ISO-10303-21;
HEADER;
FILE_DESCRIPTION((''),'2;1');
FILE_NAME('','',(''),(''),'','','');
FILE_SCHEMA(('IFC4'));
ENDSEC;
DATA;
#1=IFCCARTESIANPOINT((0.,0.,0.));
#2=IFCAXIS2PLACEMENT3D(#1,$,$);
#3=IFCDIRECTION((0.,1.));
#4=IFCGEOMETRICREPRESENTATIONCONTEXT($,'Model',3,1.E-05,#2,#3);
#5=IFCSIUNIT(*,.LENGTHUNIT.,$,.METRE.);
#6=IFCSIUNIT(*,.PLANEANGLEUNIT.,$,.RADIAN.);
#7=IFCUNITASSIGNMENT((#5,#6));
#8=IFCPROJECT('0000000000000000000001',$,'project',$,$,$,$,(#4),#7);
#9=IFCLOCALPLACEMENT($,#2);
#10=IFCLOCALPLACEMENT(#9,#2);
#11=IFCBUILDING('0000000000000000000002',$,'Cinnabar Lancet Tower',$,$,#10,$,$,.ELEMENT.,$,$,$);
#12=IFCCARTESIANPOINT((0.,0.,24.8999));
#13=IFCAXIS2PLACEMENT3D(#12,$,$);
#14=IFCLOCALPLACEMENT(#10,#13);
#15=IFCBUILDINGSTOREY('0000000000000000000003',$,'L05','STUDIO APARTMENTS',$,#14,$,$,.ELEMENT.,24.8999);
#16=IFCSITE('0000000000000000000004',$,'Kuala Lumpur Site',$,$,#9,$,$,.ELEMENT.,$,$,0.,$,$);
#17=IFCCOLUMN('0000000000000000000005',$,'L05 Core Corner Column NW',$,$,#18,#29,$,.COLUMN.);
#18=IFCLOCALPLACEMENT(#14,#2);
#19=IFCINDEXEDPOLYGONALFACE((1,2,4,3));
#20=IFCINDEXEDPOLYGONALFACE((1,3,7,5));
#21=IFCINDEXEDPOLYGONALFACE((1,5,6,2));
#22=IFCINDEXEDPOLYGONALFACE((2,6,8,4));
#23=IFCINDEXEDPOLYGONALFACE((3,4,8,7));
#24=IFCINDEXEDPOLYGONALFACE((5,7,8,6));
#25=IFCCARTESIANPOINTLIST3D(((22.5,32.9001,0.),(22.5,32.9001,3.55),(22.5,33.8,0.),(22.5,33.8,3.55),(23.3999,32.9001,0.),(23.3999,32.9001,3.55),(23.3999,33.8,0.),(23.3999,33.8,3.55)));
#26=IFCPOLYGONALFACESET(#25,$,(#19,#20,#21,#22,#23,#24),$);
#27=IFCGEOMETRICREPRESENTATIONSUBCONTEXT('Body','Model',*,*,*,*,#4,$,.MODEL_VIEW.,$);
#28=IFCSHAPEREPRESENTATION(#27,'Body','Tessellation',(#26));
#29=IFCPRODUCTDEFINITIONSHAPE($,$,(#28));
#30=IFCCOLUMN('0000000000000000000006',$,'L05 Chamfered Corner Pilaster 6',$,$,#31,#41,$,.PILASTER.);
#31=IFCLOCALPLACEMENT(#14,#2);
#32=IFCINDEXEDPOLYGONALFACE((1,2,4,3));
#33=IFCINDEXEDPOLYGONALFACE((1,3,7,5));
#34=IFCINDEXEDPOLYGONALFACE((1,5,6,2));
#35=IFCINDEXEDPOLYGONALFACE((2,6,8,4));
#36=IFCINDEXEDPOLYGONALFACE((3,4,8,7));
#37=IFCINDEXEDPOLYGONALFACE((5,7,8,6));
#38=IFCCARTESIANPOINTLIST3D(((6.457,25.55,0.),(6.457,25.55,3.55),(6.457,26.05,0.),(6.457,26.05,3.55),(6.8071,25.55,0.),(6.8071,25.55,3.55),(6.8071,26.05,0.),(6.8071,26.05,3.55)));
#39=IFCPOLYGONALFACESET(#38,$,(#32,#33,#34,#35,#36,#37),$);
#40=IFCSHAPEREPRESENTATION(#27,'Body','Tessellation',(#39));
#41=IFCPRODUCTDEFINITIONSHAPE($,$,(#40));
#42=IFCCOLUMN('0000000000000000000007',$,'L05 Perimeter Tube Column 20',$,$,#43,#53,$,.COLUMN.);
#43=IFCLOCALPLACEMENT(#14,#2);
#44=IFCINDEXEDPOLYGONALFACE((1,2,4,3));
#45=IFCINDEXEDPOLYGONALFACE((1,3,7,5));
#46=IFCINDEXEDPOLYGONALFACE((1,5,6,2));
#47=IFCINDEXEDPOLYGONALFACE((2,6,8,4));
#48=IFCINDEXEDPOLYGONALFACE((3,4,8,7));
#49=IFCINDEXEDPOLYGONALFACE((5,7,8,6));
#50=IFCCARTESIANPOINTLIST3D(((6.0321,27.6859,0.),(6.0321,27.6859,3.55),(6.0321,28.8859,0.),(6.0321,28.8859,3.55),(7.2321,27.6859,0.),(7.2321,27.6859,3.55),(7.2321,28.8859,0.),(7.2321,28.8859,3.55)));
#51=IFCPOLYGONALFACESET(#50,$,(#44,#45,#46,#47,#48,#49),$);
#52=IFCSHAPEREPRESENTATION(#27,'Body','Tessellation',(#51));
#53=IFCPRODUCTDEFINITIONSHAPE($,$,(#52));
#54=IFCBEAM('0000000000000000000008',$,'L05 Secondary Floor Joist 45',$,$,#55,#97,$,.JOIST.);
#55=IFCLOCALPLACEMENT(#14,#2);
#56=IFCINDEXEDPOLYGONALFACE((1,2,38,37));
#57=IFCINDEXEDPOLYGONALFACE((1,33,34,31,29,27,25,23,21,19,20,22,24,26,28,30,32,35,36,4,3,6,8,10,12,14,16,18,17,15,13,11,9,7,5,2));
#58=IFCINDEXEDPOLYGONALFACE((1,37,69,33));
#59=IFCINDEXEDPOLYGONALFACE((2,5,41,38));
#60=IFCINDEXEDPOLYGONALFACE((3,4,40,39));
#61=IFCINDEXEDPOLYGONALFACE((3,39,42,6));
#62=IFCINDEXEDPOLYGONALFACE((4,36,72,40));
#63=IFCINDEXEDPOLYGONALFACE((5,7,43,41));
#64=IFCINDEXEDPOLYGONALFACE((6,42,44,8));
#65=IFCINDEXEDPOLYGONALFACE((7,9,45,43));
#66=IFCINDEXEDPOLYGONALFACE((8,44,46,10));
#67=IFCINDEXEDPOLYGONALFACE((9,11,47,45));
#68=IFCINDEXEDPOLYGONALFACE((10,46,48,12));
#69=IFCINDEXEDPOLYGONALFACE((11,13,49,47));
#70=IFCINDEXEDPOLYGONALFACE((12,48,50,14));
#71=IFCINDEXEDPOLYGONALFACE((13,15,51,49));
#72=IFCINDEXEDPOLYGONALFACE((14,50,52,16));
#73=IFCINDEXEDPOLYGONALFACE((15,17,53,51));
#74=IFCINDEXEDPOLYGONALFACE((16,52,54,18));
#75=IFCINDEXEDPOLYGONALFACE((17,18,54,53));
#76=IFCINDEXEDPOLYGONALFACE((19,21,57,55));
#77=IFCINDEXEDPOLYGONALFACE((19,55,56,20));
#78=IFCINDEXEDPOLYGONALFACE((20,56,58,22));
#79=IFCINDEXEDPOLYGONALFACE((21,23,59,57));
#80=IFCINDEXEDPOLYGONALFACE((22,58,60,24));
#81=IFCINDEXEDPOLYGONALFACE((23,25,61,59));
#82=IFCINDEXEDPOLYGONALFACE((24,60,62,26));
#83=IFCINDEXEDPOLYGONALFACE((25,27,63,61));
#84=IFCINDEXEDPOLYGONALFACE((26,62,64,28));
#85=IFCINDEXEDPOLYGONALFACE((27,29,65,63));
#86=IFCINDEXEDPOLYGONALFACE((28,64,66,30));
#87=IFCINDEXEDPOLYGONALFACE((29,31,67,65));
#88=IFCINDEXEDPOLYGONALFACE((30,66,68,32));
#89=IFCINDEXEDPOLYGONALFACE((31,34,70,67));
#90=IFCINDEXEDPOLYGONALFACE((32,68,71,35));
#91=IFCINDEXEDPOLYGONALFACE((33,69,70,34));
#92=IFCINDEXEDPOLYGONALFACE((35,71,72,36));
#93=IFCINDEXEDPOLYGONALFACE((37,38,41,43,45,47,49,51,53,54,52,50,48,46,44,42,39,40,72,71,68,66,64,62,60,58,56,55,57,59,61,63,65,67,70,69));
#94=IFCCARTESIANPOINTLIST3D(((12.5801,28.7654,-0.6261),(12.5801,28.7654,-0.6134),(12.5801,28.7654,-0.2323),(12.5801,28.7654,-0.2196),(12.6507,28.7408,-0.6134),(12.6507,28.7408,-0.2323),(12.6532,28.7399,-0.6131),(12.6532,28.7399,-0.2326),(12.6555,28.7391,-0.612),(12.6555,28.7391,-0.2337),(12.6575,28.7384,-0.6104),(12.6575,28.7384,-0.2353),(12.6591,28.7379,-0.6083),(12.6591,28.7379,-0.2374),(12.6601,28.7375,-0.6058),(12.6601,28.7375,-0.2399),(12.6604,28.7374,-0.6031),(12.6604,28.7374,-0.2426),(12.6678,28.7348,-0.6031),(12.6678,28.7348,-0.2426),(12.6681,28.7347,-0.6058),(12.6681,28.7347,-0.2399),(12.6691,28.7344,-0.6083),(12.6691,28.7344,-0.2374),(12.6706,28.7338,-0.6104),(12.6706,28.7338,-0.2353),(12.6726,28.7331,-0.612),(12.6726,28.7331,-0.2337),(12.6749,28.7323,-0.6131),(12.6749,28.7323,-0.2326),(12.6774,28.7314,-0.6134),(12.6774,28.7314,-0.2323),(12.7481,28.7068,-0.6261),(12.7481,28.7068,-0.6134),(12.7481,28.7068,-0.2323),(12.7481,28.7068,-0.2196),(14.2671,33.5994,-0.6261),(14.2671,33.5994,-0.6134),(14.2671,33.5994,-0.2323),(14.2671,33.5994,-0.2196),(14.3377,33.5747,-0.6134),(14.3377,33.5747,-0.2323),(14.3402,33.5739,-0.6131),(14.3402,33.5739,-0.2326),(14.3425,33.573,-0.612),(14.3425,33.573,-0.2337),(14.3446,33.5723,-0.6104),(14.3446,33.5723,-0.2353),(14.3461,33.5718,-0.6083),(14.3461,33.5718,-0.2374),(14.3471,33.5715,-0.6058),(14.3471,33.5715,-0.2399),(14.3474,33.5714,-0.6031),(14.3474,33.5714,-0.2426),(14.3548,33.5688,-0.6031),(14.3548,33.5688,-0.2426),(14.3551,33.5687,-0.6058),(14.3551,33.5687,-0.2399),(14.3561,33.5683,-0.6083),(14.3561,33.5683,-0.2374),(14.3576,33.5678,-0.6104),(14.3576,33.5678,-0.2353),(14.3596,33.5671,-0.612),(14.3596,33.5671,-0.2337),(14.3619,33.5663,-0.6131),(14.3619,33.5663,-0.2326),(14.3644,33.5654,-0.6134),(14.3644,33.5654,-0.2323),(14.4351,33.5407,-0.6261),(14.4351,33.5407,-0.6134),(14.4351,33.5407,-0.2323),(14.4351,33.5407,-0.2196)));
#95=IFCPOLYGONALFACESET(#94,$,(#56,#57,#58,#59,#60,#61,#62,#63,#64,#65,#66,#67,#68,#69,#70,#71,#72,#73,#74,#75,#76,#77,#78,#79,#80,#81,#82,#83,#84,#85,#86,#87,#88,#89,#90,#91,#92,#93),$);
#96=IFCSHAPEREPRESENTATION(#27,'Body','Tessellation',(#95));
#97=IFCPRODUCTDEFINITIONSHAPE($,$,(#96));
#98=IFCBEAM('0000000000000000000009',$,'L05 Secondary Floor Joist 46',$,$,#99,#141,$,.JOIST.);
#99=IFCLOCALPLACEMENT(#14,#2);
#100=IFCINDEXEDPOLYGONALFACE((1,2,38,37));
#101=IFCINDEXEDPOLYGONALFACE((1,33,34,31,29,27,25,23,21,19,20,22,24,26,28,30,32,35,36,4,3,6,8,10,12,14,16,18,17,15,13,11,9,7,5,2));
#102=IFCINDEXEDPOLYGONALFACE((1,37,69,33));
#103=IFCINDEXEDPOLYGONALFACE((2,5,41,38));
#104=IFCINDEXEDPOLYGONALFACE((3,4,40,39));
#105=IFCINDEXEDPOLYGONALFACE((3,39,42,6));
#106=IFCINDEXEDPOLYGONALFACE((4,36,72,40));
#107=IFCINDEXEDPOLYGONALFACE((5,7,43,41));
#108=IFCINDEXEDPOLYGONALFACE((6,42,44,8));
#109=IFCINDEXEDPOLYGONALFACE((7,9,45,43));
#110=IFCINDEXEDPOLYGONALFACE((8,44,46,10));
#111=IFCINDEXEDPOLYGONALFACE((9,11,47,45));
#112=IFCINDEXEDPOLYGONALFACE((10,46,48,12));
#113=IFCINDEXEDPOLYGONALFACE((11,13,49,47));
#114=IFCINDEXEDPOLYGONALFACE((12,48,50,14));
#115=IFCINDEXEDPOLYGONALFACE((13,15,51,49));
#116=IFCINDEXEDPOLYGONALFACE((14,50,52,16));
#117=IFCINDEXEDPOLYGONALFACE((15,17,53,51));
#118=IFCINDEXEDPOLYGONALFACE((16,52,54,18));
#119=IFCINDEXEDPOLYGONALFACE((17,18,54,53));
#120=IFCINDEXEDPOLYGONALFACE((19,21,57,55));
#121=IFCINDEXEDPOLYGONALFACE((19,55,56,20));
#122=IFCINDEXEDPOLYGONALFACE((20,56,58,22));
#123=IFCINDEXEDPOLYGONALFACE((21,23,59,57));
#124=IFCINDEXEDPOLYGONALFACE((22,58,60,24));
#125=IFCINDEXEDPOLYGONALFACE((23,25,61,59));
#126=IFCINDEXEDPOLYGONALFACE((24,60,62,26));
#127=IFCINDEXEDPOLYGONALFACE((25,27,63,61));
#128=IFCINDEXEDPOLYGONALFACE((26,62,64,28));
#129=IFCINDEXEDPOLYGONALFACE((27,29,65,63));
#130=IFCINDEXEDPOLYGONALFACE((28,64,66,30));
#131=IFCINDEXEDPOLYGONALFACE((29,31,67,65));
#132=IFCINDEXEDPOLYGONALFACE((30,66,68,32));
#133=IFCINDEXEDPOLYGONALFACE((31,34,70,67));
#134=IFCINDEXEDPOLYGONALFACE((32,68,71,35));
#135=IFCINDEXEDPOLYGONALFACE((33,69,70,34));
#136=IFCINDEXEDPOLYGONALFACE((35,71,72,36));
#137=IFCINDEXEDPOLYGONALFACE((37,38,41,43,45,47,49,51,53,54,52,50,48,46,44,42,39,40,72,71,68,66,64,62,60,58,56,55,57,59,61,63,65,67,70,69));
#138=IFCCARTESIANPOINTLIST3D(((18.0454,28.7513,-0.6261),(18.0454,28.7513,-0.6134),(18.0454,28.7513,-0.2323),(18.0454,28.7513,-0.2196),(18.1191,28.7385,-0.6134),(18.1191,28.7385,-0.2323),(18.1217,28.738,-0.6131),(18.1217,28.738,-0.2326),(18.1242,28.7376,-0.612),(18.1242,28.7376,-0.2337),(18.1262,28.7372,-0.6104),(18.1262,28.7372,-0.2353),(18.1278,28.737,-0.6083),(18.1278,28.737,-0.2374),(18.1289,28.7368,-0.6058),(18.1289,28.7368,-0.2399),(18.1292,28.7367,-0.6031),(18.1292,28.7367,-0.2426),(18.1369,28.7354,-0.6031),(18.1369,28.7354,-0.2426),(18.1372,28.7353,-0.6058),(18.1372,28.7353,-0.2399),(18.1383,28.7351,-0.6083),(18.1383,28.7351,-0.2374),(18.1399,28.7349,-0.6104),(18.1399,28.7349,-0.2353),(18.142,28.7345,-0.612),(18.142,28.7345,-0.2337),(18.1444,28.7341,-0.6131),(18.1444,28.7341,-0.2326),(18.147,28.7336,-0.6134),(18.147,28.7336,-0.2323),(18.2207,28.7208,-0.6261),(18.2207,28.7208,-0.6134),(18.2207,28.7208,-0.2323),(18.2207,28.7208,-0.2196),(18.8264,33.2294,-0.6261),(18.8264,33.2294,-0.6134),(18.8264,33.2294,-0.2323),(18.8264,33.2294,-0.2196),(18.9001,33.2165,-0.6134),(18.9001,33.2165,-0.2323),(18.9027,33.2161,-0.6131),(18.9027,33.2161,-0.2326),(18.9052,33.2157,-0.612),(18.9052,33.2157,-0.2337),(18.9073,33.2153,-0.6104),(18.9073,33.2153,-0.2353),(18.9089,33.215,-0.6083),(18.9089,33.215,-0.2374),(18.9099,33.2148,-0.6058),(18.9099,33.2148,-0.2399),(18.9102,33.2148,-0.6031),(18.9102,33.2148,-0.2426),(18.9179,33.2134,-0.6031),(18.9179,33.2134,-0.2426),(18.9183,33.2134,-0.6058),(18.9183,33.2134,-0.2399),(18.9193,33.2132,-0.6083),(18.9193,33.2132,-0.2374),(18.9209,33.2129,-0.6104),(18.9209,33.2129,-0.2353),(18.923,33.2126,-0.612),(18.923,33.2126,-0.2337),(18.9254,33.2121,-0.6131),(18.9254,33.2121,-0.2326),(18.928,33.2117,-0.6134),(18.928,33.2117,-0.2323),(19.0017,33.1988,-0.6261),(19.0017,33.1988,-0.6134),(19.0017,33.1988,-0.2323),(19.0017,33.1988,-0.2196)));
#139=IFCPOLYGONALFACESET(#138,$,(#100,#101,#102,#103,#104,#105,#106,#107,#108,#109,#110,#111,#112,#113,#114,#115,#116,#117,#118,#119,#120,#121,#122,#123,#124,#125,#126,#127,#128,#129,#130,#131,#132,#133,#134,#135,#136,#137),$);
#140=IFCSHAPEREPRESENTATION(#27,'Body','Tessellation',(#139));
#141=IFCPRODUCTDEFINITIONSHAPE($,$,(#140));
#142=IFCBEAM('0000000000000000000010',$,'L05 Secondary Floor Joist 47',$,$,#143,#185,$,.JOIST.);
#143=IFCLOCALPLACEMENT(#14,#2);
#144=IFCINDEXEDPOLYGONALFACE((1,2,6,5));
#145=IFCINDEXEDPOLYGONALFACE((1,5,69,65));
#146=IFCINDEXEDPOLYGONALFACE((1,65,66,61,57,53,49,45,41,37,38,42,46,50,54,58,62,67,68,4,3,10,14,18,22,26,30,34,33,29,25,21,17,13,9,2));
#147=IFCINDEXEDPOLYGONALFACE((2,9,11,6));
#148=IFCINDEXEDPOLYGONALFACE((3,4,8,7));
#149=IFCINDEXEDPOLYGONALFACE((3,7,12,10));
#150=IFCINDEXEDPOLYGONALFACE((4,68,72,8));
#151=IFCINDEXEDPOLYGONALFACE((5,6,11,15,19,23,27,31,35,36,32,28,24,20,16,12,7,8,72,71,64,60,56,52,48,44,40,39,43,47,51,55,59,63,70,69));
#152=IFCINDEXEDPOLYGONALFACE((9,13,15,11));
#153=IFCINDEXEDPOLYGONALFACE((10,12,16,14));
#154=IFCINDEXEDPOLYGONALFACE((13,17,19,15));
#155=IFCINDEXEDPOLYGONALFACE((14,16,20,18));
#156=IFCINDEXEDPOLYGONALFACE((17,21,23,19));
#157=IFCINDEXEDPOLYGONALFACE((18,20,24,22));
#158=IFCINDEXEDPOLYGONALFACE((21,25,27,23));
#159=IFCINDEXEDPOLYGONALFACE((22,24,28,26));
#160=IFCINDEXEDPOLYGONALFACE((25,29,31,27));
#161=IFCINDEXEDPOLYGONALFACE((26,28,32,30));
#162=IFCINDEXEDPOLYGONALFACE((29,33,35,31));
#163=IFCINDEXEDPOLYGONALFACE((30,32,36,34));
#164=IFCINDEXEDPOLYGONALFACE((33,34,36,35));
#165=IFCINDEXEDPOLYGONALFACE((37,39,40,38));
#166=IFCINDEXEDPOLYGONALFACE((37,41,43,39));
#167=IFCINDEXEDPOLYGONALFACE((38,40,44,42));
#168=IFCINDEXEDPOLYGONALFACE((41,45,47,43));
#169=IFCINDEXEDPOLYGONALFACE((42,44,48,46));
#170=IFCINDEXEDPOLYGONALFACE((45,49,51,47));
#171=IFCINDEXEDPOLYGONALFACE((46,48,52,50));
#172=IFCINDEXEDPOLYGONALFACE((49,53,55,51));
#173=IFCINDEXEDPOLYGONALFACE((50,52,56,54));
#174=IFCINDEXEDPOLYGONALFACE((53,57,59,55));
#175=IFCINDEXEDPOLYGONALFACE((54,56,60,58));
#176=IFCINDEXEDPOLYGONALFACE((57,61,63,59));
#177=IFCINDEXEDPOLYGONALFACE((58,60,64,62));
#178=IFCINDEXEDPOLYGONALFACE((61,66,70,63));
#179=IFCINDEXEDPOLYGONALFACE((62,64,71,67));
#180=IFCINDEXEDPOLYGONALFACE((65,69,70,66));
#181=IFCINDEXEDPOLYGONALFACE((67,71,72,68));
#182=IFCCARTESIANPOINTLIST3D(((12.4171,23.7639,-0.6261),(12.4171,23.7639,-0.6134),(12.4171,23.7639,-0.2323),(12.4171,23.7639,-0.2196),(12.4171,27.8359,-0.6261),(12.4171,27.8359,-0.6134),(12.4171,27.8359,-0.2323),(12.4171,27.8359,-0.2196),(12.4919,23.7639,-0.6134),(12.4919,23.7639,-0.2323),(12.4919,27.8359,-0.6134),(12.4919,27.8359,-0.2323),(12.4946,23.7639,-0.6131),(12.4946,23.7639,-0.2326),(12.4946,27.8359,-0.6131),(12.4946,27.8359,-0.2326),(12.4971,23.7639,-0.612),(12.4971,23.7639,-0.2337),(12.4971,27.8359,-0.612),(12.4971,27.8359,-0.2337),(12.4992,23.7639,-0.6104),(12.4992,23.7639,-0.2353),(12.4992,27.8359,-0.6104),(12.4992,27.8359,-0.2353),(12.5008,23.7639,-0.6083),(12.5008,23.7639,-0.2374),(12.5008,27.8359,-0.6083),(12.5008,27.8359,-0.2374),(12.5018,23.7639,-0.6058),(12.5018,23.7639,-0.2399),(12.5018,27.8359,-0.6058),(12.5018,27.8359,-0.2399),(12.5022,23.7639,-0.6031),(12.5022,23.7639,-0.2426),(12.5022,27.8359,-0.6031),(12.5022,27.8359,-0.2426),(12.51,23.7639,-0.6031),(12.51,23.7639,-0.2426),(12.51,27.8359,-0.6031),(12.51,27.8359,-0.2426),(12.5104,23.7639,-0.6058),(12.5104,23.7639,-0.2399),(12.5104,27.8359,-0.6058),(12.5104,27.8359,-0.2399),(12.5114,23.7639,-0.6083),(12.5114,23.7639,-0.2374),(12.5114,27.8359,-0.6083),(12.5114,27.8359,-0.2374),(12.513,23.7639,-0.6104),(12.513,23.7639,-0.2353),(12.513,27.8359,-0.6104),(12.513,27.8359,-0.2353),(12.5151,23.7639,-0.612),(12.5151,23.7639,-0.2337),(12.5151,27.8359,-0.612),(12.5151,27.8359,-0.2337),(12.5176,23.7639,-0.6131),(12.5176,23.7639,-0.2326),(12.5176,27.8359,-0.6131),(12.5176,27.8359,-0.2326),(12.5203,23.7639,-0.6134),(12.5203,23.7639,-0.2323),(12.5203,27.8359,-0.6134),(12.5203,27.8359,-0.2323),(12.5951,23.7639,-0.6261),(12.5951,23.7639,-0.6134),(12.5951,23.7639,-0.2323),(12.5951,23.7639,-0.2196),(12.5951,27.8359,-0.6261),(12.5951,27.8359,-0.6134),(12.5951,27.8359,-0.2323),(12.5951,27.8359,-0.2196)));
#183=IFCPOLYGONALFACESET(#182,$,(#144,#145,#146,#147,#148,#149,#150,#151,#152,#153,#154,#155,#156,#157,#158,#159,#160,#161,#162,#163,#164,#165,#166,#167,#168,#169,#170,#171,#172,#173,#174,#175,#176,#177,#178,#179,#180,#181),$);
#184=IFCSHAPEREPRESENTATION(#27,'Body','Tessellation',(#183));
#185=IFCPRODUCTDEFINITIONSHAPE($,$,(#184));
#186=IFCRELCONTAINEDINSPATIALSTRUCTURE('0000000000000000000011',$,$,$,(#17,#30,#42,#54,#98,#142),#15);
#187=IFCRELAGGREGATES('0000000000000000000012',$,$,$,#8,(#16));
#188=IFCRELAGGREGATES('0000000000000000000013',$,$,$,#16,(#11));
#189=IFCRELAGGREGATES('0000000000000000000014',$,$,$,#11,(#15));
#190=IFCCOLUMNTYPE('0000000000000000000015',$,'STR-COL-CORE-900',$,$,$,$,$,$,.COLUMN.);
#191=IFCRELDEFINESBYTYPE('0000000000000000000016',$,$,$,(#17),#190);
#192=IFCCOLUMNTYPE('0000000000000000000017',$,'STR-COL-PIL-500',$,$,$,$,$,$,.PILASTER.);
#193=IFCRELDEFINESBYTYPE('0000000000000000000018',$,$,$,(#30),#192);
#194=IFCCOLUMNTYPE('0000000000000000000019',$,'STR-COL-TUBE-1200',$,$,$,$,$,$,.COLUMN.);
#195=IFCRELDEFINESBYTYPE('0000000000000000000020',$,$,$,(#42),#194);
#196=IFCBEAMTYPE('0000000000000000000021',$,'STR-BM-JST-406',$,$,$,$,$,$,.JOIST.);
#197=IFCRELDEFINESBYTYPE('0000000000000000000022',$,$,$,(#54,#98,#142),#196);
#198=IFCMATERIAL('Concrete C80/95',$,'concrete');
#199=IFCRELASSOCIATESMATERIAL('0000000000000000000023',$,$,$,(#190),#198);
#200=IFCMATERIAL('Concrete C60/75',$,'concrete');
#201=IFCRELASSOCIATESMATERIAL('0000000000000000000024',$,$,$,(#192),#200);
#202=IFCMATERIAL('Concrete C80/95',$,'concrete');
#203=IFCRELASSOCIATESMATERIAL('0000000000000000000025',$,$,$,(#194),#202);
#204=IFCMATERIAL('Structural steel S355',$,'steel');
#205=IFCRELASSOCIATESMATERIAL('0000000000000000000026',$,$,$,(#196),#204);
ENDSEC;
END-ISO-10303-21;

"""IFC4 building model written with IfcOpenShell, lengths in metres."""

from ifc_helpers import new_model, si_unit, direction, frame, origin, origin_2d, place, context, subcontext, project, spatial, rectangle, i_section, extrude, material, material_profile, profile_set, type_object, element, save


model = new_model("IFC4")

# Units and contexts
model_context = context("Model", 3, precision=1e-05, world=origin(), true_north=direction((0.0, 1.0)))
body_context = subcontext(model_context, "Body", "Model", "MODEL_VIEW")
ifc_project = project(units=[si_unit("LENGTHUNIT", "METRE"), si_unit("PLANEANGLEUNIT", "RADIAN")], contexts=[model_context])

# Site, building, storey
site_placement = place(None, origin())
site = spatial("IfcSite", under=ifc_project, at=site_placement, Name="Kuala Lumpur Site", CompositionType="ELEMENT", RefElevation=0.0)
building_placement = place(site_placement, origin())
building = spatial("IfcBuilding", under=site, at=building_placement, Name="Cinnabar Lancet Tower", CompositionType="ELEMENT")
storey_placement = place(building_placement, frame((0.0, 0.0, 24.8999)))
storey = spatial("IfcBuildingStorey", under=building, at=storey_placement, Name="L05", Description="STUDIO APARTMENTS", CompositionType="ELEMENT", Elevation=24.8999)

# Columns
ifc_material_1 = material(Name="Concrete C80/95", Category="concrete")
ifc_material_profile_1 = material_profile(ifc_material_1, rectangle(XDim=0.8999, YDim=0.8999, at=origin_2d()), Name="RC-COL 900x900")
ifc_profile_set_1 = profile_set([ifc_material_profile_1], Name="Concrete C80/95")
column_type_1 = type_object("IfcColumnType", Name="STR-COL-CORE-900", PredefinedType="COLUMN", material=ifc_profile_set_1)
column_1_placement = place(storey_placement, frame((22.95, 33.3501, 0.0), z_axis=(0.0, 0.0, 1.0), x_axis=(1.0, 0.0, 0.0)))
element("IfcColumn", 1, at=column_1_placement, inside=storey, type_object=column_type_1, Name="L05 Core Corner Column NW", PredefinedType="COLUMN", context=body_context, shape_type="SweptSolid", body=[
    extrude(rectangle(XDim=0.8999, YDim=0.8999, at=origin_2d()), origin(), (0.0, 0.0, 1.0), 3.55),
])
ifc_material_2 = material(Name="Concrete C60/75", Category="concrete")
ifc_material_profile_2 = material_profile(ifc_material_2, rectangle(XDim=0.5, YDim=0.3501, at=origin_2d()), Name="RC-PIL 500x350")
ifc_profile_set_2 = profile_set([ifc_material_profile_2], Name="Concrete C60/75")
column_type_2 = type_object("IfcColumnType", Name="STR-COL-PIL-500", PredefinedType="PILASTER", material=ifc_profile_set_2)
column_2_placement = place(storey_placement, frame((6.6321, 25.8, 0.0), z_axis=(0.0, 0.0, 1.0), x_axis=(0.0, -1.0, 0.0)))
element("IfcColumn", 2, at=column_2_placement, inside=storey, type_object=column_type_2, Name="L05 Chamfered Corner Pilaster 6", PredefinedType="PILASTER", context=body_context, shape_type="SweptSolid", body=[
    extrude(rectangle(XDim=0.5, YDim=0.3501, at=origin_2d()), origin(), (0.0, 0.0, 1.0), 3.55),
])
ifc_material_3 = material(Name="Concrete C80/95", Category="concrete")
ifc_material_profile_3 = material_profile(ifc_material_3, rectangle(XDim=1.2, YDim=1.2, at=origin_2d()), Name="RC-COL 1200x1200")
ifc_profile_set_3 = profile_set([ifc_material_profile_3], Name="Concrete C80/95")
column_type_3 = type_object("IfcColumnType", Name="STR-COL-TUBE-1200", PredefinedType="COLUMN", material=ifc_profile_set_3)
column_3_placement = place(storey_placement, frame((6.6321, 28.2859, 0.0), z_axis=(0.0, 0.0, 1.0), x_axis=(1.0, 0.0, 0.0)))
element("IfcColumn", 3, at=column_3_placement, inside=storey, type_object=column_type_3, Name="L05 Perimeter Tube Column 20", PredefinedType="COLUMN", context=body_context, shape_type="SweptSolid", body=[
    extrude(rectangle(XDim=1.2, YDim=1.2, at=origin_2d()), origin(), (0.0, 0.0, 1.0), 3.55),
])

# Beams
ifc_material_4 = material(Name="Structural steel S355", Category="steel")
ifc_material_profile_4 = material_profile(ifc_material_4, i_section(OverallWidth=0.178, OverallDepth=0.4065, WebThickness=0.0078, FlangeThickness=0.0127, FilletRadius=0.0103, at=origin_2d()), Name="UKB 406x178x60")
ifc_profile_set_4 = profile_set([ifc_material_profile_4], Name="Structural steel S355")
beam_type = type_object("IfcBeamType", Name="STR-BM-JST-406", PredefinedType="JOIST", material=ifc_profile_set_4)
beam_1_placement = place(storey_placement, frame((14.3511, 33.5701, -0.4229), z_axis=(-0.329501, -0.944155, 0.0), x_axis=(0.944155, -0.329501, 0.0)))
element("IfcBeam", 4, at=beam_1_placement, inside=storey, type_object=beam_type, Name="L05 Secondary Floor Joist 45", PredefinedType="JOIST", context=body_context, shape_type="SweptSolid", body=[
    extrude(i_section(OverallWidth=0.178, OverallDepth=0.4065, WebThickness=0.0078, FlangeThickness=0.0127, FilletRadius=0.0103, at=origin_2d()), origin(), (0.0, 0.0, 1.0), 5.1199),
])
beam_2_placement = place(storey_placement, frame((18.9141, 33.2141, -0.4229), z_axis=(-0.171815, -0.985129, 0.0), x_axis=(0.985129, -0.171815, 0.0)))
element("IfcBeam", 5, at=beam_2_placement, inside=storey, type_object=beam_type, Name="L05 Secondary Floor Joist 46", PredefinedType="JOIST", context=body_context, shape_type="SweptSolid", body=[
    extrude(i_section(OverallWidth=0.178, OverallDepth=0.4065, WebThickness=0.0078, FlangeThickness=0.0127, FilletRadius=0.0103, at=origin_2d()), origin(), (0.0, 0.0, 1.0), 4.5457),
])
for number, where, z_axis, x_axis, name in (
    (6, (12.5061, 27.8359, -0.4229), (0.0, -1.0, 0.0), (1.0, 0.0, 0.0), "L05 Secondary Floor Joist 47"),
):
    element("IfcBeam", number, at=place(storey_placement, frame(where, z_axis=z_axis, x_axis=x_axis)), inside=storey, type_object=beam_type, Name=name, PredefinedType="JOIST", context=body_context, shape_type="SweptSolid", body=[
        extrude(i_section(OverallWidth=0.178, OverallDepth=0.4065, WebThickness=0.0078, FlangeThickness=0.0127, FilletRadius=0.0103, at=origin_2d()), origin(), (0.0, 0.0, 1.0), 4.072),
    ])

save(model, "model.ifc")
